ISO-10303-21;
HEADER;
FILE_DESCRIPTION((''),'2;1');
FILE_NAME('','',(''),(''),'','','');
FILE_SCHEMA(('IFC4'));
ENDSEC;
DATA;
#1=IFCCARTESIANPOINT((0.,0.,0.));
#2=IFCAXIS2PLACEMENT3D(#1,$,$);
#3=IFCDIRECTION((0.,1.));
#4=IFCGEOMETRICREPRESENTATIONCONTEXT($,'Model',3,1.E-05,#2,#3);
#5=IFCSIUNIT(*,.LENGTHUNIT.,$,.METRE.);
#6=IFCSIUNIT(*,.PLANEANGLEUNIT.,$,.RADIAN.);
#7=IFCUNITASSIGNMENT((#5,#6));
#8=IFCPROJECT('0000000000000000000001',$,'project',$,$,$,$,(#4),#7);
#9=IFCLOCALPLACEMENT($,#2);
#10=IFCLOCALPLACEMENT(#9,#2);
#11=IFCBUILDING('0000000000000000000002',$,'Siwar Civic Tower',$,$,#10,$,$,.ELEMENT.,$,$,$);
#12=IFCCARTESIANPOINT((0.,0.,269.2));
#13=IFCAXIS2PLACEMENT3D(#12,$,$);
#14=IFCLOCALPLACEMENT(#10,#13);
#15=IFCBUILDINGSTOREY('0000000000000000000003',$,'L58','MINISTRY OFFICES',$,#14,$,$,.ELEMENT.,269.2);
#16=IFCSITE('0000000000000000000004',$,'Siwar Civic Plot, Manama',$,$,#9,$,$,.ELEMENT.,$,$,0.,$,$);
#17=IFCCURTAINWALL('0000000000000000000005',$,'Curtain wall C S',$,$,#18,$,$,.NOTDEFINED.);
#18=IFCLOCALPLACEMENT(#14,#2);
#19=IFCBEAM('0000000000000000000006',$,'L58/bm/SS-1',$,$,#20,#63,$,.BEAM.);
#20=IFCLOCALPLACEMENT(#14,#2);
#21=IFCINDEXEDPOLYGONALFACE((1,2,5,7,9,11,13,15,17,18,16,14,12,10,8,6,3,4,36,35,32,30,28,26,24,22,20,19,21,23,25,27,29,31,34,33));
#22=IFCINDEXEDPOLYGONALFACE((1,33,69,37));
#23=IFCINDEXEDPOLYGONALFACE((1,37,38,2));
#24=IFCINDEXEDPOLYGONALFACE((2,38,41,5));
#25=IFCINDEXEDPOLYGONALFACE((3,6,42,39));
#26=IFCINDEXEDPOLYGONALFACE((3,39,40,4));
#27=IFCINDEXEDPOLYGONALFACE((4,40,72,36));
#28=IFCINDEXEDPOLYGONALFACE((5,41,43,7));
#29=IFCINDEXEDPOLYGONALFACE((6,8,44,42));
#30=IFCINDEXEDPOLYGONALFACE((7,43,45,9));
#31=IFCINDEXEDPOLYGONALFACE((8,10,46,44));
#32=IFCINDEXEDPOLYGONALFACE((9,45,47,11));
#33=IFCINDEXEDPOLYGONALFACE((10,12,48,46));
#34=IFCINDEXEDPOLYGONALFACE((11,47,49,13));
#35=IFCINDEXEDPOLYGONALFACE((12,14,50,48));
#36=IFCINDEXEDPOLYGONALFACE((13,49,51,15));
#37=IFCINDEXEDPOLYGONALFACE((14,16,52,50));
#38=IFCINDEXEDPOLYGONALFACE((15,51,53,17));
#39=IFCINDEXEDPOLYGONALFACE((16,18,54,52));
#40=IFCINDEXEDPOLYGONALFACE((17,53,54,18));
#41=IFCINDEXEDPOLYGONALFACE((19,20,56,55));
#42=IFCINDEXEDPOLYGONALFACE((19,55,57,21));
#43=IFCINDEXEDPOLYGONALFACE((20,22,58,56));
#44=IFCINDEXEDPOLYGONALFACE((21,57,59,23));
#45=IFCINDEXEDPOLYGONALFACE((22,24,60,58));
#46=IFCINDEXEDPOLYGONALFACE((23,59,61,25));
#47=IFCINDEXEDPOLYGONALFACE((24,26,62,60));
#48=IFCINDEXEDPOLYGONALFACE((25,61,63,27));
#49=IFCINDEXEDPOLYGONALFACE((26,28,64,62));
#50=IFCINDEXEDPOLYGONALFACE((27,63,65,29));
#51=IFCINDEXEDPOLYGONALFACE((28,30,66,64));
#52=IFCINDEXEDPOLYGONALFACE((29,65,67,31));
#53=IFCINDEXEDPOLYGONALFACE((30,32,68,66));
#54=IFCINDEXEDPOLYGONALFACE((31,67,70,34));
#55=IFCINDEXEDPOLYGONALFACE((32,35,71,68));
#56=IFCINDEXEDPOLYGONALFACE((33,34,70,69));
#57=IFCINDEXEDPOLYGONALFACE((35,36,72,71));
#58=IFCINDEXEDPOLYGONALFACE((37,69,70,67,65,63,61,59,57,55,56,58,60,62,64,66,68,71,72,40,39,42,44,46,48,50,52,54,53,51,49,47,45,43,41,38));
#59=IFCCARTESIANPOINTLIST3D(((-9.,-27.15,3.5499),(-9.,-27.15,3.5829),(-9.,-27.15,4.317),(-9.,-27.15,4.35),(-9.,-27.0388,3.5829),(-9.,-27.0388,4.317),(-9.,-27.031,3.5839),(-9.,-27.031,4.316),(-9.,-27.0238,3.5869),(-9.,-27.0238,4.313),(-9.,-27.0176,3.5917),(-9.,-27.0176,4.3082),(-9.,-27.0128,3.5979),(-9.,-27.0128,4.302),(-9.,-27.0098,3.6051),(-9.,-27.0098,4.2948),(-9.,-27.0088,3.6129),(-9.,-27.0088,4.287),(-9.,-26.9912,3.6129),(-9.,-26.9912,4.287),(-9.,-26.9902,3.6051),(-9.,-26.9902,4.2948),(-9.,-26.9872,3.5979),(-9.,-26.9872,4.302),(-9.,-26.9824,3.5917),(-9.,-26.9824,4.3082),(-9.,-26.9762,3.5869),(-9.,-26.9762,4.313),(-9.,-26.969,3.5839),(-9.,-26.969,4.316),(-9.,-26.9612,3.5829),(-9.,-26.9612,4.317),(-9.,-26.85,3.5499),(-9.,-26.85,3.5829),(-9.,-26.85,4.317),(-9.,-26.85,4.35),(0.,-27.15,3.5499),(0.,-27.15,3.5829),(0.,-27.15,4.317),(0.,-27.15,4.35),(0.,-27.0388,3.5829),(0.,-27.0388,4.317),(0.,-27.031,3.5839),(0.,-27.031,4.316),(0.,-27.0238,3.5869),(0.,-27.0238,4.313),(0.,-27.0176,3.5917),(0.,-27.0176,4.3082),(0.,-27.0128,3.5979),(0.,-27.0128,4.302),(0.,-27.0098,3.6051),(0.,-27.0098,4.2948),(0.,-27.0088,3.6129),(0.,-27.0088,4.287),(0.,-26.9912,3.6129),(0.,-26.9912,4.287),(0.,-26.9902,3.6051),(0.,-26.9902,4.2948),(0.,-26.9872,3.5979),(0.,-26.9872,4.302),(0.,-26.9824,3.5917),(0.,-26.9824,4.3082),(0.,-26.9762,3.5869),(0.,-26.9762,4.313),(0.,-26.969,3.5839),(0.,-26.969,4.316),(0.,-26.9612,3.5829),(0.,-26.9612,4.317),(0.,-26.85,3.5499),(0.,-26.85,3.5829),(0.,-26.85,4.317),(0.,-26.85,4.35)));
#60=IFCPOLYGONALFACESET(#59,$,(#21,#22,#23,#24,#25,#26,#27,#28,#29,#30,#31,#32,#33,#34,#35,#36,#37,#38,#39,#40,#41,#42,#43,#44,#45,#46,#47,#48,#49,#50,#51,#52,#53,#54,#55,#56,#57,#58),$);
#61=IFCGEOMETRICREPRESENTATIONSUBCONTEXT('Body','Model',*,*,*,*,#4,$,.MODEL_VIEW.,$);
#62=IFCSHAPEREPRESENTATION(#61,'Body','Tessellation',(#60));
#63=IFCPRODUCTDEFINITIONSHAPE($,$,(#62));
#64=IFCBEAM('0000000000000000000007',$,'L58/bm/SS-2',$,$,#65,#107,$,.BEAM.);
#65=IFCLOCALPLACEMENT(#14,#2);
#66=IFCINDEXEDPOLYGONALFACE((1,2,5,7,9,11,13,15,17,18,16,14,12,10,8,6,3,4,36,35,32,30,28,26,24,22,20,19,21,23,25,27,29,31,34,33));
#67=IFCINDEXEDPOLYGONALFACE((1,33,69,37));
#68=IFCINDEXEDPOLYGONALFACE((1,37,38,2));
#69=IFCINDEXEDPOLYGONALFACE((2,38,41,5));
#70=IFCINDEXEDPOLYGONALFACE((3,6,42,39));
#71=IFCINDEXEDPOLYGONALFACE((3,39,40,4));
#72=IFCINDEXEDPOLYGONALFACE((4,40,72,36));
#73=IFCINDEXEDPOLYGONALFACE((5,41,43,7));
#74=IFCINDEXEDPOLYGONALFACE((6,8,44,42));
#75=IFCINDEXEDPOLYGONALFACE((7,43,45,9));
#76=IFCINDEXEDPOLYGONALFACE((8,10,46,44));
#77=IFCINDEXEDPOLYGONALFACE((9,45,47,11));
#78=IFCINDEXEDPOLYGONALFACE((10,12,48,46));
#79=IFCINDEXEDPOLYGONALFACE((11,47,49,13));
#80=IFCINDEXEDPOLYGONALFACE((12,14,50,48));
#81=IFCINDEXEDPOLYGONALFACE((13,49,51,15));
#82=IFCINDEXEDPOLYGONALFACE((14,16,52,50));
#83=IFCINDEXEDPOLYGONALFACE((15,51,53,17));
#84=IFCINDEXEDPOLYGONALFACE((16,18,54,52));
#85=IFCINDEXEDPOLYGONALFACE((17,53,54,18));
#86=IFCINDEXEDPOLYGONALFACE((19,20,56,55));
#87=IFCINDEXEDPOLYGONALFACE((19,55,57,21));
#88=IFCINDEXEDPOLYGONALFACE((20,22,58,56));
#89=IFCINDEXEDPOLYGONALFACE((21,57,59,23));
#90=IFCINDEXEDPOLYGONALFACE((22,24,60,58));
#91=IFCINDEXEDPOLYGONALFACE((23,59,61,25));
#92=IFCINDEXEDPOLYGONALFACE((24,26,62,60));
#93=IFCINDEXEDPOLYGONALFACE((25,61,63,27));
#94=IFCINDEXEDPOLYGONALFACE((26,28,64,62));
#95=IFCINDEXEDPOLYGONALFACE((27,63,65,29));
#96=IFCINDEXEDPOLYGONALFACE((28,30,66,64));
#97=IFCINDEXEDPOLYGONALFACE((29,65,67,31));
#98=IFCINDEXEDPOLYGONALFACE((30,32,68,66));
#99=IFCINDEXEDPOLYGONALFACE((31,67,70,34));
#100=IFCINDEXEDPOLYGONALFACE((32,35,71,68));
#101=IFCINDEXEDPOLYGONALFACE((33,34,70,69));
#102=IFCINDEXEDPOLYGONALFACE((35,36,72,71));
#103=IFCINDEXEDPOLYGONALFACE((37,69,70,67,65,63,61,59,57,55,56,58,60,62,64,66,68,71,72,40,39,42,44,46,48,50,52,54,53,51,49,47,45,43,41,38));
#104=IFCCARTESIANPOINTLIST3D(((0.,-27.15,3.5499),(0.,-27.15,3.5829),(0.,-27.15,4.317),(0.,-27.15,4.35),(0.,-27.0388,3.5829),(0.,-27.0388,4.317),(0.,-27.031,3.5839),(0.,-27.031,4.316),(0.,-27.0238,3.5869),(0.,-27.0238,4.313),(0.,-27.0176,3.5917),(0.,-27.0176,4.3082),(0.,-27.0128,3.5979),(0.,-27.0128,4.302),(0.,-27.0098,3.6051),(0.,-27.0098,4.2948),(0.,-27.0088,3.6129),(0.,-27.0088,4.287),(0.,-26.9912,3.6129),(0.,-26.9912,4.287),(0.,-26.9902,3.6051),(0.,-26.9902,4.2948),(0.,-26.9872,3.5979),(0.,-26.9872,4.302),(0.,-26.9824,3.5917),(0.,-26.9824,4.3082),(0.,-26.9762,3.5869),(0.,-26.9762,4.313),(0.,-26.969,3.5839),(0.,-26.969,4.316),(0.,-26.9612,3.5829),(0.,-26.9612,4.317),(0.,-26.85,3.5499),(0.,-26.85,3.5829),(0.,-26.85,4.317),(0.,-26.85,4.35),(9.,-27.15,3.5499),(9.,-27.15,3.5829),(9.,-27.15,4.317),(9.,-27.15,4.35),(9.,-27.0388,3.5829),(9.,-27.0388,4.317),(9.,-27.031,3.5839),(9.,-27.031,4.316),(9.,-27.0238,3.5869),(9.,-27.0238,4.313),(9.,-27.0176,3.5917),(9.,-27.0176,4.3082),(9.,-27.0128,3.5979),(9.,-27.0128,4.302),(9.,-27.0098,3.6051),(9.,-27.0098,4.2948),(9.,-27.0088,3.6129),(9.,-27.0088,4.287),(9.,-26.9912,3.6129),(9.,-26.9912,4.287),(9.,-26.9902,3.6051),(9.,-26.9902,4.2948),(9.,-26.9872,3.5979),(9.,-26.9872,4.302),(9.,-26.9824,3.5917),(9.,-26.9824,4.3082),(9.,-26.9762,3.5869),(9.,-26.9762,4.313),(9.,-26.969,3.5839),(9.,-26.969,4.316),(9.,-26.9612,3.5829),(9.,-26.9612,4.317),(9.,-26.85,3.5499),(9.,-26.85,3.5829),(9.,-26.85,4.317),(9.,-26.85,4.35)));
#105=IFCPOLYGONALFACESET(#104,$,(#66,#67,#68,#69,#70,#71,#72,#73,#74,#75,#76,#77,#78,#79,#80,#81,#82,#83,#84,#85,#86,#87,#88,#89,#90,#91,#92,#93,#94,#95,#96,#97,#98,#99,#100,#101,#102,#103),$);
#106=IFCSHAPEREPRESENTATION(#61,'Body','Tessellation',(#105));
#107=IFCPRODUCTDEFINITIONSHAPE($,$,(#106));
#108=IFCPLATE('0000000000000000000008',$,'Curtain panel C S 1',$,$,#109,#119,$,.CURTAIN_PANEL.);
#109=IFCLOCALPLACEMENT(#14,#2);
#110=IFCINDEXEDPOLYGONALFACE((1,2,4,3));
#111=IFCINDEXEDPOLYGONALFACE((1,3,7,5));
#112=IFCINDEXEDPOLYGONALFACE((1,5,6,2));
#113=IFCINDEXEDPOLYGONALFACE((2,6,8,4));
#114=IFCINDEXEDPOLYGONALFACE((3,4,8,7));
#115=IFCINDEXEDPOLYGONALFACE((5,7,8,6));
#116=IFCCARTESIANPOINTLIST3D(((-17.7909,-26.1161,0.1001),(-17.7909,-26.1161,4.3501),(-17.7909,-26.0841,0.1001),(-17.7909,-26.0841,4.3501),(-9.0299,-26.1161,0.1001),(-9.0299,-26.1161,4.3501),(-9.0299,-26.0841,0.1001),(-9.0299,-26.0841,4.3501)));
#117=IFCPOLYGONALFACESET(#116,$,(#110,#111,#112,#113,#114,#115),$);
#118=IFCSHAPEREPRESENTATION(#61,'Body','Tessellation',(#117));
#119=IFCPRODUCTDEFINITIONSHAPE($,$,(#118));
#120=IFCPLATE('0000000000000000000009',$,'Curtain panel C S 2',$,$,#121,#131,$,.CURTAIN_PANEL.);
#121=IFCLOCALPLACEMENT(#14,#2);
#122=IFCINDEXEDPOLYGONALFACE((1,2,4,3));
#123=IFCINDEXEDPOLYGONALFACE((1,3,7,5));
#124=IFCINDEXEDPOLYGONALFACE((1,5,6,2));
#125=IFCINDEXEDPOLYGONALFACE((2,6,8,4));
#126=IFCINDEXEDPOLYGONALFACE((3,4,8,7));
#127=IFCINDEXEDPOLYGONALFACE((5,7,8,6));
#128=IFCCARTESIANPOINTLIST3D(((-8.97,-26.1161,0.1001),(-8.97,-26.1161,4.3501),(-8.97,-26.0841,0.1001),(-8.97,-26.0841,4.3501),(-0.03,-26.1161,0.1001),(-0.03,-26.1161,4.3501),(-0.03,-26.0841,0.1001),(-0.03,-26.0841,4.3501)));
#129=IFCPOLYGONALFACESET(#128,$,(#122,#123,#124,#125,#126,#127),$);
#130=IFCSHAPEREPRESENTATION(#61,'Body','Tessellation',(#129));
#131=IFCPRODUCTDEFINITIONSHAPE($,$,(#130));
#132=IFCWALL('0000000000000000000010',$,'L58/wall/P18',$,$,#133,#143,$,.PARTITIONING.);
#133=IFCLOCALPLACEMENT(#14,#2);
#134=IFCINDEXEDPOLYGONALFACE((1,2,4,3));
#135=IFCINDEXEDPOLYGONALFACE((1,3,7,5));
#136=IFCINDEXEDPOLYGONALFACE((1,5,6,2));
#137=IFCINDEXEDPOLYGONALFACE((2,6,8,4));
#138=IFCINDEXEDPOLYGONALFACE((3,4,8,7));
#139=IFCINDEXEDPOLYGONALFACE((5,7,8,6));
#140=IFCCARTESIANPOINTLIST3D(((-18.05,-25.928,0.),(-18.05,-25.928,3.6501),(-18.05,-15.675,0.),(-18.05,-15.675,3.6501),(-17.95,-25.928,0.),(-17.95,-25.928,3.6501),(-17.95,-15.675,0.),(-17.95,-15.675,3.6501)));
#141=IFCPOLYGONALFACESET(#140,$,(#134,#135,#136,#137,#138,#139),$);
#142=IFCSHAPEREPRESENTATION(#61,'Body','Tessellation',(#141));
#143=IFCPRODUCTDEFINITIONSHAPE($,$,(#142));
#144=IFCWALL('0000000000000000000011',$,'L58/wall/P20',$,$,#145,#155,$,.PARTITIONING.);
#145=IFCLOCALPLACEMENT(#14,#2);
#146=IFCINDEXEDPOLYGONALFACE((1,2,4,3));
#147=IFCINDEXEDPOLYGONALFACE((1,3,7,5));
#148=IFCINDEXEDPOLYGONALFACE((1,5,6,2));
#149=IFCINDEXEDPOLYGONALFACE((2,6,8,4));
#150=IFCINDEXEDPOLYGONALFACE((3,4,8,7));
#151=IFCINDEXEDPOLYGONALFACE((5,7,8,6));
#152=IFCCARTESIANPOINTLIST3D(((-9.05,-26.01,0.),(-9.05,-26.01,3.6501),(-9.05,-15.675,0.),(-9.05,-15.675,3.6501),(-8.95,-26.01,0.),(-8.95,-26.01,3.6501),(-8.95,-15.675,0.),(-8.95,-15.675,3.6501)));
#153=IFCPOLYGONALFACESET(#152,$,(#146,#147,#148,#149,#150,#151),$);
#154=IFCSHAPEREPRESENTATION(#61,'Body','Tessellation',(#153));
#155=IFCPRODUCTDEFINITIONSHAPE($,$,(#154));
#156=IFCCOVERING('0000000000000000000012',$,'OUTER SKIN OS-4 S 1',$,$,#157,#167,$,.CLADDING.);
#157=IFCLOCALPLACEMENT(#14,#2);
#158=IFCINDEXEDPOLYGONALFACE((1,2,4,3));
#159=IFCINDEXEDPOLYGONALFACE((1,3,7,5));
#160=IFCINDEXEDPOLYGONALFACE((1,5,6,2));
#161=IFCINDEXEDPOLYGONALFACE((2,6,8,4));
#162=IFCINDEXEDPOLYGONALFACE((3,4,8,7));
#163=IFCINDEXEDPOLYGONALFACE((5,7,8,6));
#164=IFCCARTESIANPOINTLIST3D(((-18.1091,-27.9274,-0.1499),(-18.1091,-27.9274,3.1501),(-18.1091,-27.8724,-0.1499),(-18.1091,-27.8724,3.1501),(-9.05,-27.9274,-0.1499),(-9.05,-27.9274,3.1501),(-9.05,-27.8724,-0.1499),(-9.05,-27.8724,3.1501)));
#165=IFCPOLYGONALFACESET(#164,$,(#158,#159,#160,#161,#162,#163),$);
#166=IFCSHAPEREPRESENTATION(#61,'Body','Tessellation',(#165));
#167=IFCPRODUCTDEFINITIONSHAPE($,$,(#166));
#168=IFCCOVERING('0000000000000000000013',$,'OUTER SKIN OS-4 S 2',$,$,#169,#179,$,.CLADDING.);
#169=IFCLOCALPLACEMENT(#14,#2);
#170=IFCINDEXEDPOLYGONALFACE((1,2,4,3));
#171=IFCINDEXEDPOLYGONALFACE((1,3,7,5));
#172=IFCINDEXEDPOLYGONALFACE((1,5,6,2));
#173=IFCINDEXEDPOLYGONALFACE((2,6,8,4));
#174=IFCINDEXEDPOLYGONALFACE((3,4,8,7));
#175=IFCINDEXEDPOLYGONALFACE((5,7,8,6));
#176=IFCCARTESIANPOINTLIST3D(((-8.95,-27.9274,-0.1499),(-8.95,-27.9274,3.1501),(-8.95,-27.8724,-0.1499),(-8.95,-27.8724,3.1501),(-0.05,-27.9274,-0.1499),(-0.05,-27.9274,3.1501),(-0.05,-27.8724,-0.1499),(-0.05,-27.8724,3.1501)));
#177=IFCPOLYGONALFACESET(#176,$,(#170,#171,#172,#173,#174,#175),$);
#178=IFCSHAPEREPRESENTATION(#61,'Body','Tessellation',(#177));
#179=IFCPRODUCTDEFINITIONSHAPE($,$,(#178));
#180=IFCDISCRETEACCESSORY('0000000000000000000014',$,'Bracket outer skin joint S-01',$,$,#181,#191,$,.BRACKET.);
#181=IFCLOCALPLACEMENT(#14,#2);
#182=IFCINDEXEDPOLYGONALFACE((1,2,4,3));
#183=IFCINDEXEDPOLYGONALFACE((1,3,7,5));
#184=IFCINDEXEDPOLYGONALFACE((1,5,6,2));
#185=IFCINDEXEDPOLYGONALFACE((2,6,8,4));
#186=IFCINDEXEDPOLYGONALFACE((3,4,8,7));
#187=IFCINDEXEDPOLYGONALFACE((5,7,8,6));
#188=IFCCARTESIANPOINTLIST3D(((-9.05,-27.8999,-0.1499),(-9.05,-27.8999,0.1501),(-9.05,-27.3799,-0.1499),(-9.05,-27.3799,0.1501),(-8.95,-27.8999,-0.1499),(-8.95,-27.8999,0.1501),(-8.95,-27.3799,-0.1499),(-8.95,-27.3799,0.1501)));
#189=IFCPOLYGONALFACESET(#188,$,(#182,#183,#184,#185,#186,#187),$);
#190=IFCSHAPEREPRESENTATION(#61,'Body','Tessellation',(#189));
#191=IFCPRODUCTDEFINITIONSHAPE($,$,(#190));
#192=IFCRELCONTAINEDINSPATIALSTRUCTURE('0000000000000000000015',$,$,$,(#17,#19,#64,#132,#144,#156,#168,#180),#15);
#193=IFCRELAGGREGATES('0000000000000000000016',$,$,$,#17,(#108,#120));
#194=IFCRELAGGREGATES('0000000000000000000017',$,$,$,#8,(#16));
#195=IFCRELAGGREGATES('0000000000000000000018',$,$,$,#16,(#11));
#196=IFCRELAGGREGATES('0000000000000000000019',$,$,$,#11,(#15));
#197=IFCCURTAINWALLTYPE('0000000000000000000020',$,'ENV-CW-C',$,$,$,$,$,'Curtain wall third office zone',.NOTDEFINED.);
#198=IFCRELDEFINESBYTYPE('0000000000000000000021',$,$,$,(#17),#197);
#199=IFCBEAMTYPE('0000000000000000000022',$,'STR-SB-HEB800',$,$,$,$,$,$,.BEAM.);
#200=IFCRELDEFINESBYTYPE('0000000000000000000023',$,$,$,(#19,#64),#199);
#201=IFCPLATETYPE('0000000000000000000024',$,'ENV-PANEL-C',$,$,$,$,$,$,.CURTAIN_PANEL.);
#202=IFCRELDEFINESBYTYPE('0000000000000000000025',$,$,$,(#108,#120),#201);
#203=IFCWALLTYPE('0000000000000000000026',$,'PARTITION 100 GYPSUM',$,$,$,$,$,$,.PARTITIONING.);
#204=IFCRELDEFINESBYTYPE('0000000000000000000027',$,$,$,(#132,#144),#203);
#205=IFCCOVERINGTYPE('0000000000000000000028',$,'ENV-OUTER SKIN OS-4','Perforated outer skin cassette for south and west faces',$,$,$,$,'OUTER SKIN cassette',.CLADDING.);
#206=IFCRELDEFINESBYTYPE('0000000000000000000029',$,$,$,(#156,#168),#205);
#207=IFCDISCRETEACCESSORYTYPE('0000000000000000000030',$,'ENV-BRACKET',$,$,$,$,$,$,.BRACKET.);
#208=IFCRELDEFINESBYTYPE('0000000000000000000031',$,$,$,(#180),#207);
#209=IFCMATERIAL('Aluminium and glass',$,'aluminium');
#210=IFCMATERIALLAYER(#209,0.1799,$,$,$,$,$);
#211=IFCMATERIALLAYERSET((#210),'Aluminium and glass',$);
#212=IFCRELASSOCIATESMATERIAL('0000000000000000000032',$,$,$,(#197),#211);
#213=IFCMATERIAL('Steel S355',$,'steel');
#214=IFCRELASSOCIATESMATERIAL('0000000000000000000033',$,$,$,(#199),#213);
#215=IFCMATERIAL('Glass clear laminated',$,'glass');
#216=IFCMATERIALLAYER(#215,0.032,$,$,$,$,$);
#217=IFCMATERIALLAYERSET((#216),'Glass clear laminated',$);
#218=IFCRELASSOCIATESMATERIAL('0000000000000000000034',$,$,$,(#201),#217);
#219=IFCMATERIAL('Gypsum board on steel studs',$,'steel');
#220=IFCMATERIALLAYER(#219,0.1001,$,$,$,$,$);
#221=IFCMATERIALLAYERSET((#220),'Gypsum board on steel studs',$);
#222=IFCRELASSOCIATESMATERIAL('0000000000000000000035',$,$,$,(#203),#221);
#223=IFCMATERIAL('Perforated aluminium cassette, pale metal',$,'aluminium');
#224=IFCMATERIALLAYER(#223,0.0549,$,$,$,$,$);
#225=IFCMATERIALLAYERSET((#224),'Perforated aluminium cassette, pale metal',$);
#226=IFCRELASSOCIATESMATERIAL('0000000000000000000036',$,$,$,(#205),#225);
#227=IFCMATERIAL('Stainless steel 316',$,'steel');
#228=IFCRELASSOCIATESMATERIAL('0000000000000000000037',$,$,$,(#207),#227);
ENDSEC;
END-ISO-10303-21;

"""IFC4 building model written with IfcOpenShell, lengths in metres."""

from ifc_helpers import new_model, si_unit, direction, frame, frame_2d, origin, origin_2d, place, context, subcontext, project, spatial, rectangle, i_section, extrude, material, layer, layer_set, material_profile, profile_set, type_object, element, aggregate, save


model = new_model("IFC4")

# Units and contexts
model_context = context("Model", 3, precision=1e-05, world=origin(), true_north=direction((0.0, 1.0)))
body_context = subcontext(model_context, "Body", "Model", "MODEL_VIEW")
ifc_project = project(units=[si_unit("LENGTHUNIT", "METRE"), si_unit("PLANEANGLEUNIT", "RADIAN")], contexts=[model_context])

# Site, building, storey
site_placement = place(None, origin())
site = spatial("IfcSite", under=ifc_project, at=site_placement, Name="Siwar Civic Plot, Manama", CompositionType="ELEMENT", RefElevation=0.0)
building_placement = place(site_placement, origin())
building = spatial("IfcBuilding", under=site, at=building_placement, Name="Siwar Civic Tower", CompositionType="ELEMENT")
storey_placement = place(building_placement, frame((0.0, 0.0, 269.2)))
storey = spatial("IfcBuildingStorey", under=building, at=storey_placement, Name="L58", Description="MINISTRY OFFICES", CompositionType="ELEMENT", Elevation=269.2)

# Curtain wall
ifc_material_1 = material(Name="Aluminium and glass", Category="aluminium")
ifc_layer_1 = layer(ifc_material_1, 0.1799)
ifc_layer_set_1 = layer_set([ifc_layer_1], Name="Aluminium and glass")
curtain_wall_type = type_object("IfcCurtainWallType", Name="ENV-CW-C", ElementType="Curtain wall third office zone", PredefinedType="NOTDEFINED", material=ifc_layer_set_1)
curtain_wall_placement = place(storey_placement, origin())
curtain_wall = element("IfcCurtainWall", 1, at=curtain_wall_placement, inside=storey, type_object=curtain_wall_type, Name="Curtain wall C S", PredefinedType="NOTDEFINED")

# Beams
ifc_material_2 = material(Name="Steel S355", Category="steel")
ifc_material_profile_1 = material_profile(ifc_material_2, i_section(OverallWidth=0.3, OverallDepth=0.8, WebThickness=0.0176, FlangeThickness=0.033, FilletRadius=0.03, at=origin_2d()), Name="HEB800")
ifc_profile_set_1 = profile_set([ifc_material_profile_1], Name="Steel S355")
beam_type_1 = type_object("IfcBeamType", Name="STR-SB-HEB800", PredefinedType="BEAM", material=ifc_profile_set_1)
for number, where, z_axis, x_axis, name in (
    (2, (-9.0, -27.0, 3.95), (1.0, 0.0, 0.0), (0.0, 1.0, 0.0), "L58/bm/SS-1"),
    (3, (0.0, -27.0, 3.95), (1.0, 0.0, 0.0), (0.0, 1.0, 0.0), "L58/bm/SS-2"),
):
    element("IfcBeam", number, at=place(storey_placement, frame(where, z_axis=z_axis, x_axis=x_axis)), inside=storey, type_object=beam_type_1, Name=name, PredefinedType="BEAM", context=body_context, shape_type="SweptSolid", body=[
        extrude(i_section(OverallWidth=0.3, OverallDepth=0.8, WebThickness=0.0176, FlangeThickness=0.033, FilletRadius=0.03, at=origin_2d()), origin(), (0.0, 0.0, 1.0), 9.0),
    ])

# Plates
ifc_material_3 = material(Name="Glass clear laminated", Category="glass")
ifc_layer_2 = layer(ifc_material_3, 0.032)
ifc_layer_set_2 = layer_set([ifc_layer_2], Name="Glass clear laminated")
plate_type = type_object("IfcPlateType", Name="ENV-PANEL-C", PredefinedType="CURTAIN_PANEL", material=ifc_layer_set_2)
plate_1_placement = place(storey_placement, frame((-13.4104, -26.1001, 0.1001), z_axis=(0.0, 0.0, 1.0), x_axis=(1.0, 0.0, 0.0)))
plate_1 = element("IfcPlate", 4, at=plate_1_placement, type_object=plate_type, Name="Curtain panel C S 1", PredefinedType="CURTAIN_PANEL", context=body_context, shape_type="SweptSolid", body=[
    extrude(rectangle(XDim=8.761, YDim=0.032, at=origin_2d()), origin(), (0.0, 0.0, 1.0), 4.25),
])
plate_2_placement = place(storey_placement, frame((-4.5, -26.1001, 0.1001), z_axis=(0.0, 0.0, 1.0), x_axis=(1.0, 0.0, 0.0)))
plate_2 = element("IfcPlate", 5, at=plate_2_placement, type_object=plate_type, Name="Curtain panel C S 2", PredefinedType="CURTAIN_PANEL", context=body_context, shape_type="SweptSolid", body=[
    extrude(rectangle(XDim=8.9399, YDim=0.032, at=origin_2d()), origin(), (0.0, 0.0, 1.0), 4.25),
])
aggregate(curtain_wall, [plate_1, plate_2])

# Walls
ifc_material_4 = material(Name="Gypsum board on steel studs", Category="steel")
ifc_layer_3 = layer(ifc_material_4, 0.1001)
ifc_layer_set_3 = layer_set([ifc_layer_3], Name="Gypsum board on steel studs")
wall_type = type_object("IfcWallType", Name="PARTITION 100 GYPSUM", PredefinedType="PARTITIONING", material=ifc_layer_set_3)
wall_1_placement = place(storey_placement, frame((-18.0, -25.928, 0.0), z_axis=(0.0, 0.0, 1.0), x_axis=(0.0, 1.0, 0.0)))
element("IfcWall", 6, at=wall_1_placement, inside=storey, type_object=wall_type, Name="L58/wall/P18", PredefinedType="PARTITIONING", context=body_context, shape_type="SweptSolid", body=[
    extrude(rectangle(XDim=10.2529, YDim=0.1001, at=frame_2d((5.1265, 0.0))), origin(), (0.0, 0.0, 1.0), 3.6501),
])
wall_2_placement = place(storey_placement, frame((-9.0, -26.01, 0.0), z_axis=(0.0, 0.0, 1.0), x_axis=(0.0, 1.0, 0.0)))
element("IfcWall", 7, at=wall_2_placement, inside=storey, type_object=wall_type, Name="L58/wall/P20", PredefinedType="PARTITIONING", context=body_context, shape_type="SweptSolid", body=[
    extrude(rectangle(XDim=10.335, YDim=0.1001, at=frame_2d((5.1675, 0.0))), origin(), (0.0, 0.0, 1.0), 3.6501),
])

# Coverings
ifc_material_5 = material(Name="Perforated aluminium cassette, pale metal", Category="aluminium")
ifc_layer_4 = layer(ifc_material_5, 0.0549)
ifc_layer_set_4 = layer_set([ifc_layer_4], Name="Perforated aluminium cassette, pale metal")
covering_type = type_object("IfcCoveringType", Name="ENV-OUTER SKIN OS-4", Description="Perforated outer skin cassette for south and west faces", ElementType="OUTER SKIN cassette", PredefinedType="CLADDING", material=ifc_layer_set_4)
covering_1_placement = place(storey_placement, frame((-13.5796, -27.8999, -0.1499), z_axis=(0.0, 0.0, 1.0), x_axis=(1.0, 0.0, 0.0)))
element("IfcCovering", 8, at=covering_1_placement, inside=storey, type_object=covering_type, Name="OUTER SKIN OS-4 S 1", PredefinedType="CLADDING", context=body_context, shape_type="SweptSolid", body=[
    extrude(rectangle(XDim=9.0591, YDim=0.0549, at=origin_2d()), origin(), (0.0, 0.0, 1.0), 3.3),
])
covering_2_placement = place(storey_placement, frame((-4.5, -27.8999, -0.1499), z_axis=(0.0, 0.0, 1.0), x_axis=(1.0, 0.0, 0.0)))
element("IfcCovering", 9, at=covering_2_placement, inside=storey, type_object=covering_type, Name="OUTER SKIN OS-4 S 2", PredefinedType="CLADDING", context=body_context, shape_type="SweptSolid", body=[
    extrude(rectangle(XDim=8.8999, YDim=0.0549, at=origin_2d()), origin(), (0.0, 0.0, 1.0), 3.3),
])

# Discrete accessory
ifc_material_6 = material(Name="Stainless steel 316", Category="steel")
discrete_accessory_type = type_object("IfcDiscreteAccessoryType", Name="ENV-BRACKET", PredefinedType="BRACKET", material=ifc_material_6)
discrete_accessory_placement = place(storey_placement, frame((-9.0, -27.6399, -0.1499), z_axis=(0.0, 0.0, 1.0), x_axis=(0.0, -1.0, 0.0)))
element("IfcDiscreteAccessory", 10, at=discrete_accessory_placement, inside=storey, type_object=discrete_accessory_type, Name="Bracket outer skin joint S-01", PredefinedType="BRACKET", context=body_context, shape_type="SweptSolid", body=[
    extrude(rectangle(XDim=0.52, YDim=0.1001, at=origin_2d()), origin(), (0.0, 0.0, 1.0), 0.3),
])

save(model, "model.ifc")
